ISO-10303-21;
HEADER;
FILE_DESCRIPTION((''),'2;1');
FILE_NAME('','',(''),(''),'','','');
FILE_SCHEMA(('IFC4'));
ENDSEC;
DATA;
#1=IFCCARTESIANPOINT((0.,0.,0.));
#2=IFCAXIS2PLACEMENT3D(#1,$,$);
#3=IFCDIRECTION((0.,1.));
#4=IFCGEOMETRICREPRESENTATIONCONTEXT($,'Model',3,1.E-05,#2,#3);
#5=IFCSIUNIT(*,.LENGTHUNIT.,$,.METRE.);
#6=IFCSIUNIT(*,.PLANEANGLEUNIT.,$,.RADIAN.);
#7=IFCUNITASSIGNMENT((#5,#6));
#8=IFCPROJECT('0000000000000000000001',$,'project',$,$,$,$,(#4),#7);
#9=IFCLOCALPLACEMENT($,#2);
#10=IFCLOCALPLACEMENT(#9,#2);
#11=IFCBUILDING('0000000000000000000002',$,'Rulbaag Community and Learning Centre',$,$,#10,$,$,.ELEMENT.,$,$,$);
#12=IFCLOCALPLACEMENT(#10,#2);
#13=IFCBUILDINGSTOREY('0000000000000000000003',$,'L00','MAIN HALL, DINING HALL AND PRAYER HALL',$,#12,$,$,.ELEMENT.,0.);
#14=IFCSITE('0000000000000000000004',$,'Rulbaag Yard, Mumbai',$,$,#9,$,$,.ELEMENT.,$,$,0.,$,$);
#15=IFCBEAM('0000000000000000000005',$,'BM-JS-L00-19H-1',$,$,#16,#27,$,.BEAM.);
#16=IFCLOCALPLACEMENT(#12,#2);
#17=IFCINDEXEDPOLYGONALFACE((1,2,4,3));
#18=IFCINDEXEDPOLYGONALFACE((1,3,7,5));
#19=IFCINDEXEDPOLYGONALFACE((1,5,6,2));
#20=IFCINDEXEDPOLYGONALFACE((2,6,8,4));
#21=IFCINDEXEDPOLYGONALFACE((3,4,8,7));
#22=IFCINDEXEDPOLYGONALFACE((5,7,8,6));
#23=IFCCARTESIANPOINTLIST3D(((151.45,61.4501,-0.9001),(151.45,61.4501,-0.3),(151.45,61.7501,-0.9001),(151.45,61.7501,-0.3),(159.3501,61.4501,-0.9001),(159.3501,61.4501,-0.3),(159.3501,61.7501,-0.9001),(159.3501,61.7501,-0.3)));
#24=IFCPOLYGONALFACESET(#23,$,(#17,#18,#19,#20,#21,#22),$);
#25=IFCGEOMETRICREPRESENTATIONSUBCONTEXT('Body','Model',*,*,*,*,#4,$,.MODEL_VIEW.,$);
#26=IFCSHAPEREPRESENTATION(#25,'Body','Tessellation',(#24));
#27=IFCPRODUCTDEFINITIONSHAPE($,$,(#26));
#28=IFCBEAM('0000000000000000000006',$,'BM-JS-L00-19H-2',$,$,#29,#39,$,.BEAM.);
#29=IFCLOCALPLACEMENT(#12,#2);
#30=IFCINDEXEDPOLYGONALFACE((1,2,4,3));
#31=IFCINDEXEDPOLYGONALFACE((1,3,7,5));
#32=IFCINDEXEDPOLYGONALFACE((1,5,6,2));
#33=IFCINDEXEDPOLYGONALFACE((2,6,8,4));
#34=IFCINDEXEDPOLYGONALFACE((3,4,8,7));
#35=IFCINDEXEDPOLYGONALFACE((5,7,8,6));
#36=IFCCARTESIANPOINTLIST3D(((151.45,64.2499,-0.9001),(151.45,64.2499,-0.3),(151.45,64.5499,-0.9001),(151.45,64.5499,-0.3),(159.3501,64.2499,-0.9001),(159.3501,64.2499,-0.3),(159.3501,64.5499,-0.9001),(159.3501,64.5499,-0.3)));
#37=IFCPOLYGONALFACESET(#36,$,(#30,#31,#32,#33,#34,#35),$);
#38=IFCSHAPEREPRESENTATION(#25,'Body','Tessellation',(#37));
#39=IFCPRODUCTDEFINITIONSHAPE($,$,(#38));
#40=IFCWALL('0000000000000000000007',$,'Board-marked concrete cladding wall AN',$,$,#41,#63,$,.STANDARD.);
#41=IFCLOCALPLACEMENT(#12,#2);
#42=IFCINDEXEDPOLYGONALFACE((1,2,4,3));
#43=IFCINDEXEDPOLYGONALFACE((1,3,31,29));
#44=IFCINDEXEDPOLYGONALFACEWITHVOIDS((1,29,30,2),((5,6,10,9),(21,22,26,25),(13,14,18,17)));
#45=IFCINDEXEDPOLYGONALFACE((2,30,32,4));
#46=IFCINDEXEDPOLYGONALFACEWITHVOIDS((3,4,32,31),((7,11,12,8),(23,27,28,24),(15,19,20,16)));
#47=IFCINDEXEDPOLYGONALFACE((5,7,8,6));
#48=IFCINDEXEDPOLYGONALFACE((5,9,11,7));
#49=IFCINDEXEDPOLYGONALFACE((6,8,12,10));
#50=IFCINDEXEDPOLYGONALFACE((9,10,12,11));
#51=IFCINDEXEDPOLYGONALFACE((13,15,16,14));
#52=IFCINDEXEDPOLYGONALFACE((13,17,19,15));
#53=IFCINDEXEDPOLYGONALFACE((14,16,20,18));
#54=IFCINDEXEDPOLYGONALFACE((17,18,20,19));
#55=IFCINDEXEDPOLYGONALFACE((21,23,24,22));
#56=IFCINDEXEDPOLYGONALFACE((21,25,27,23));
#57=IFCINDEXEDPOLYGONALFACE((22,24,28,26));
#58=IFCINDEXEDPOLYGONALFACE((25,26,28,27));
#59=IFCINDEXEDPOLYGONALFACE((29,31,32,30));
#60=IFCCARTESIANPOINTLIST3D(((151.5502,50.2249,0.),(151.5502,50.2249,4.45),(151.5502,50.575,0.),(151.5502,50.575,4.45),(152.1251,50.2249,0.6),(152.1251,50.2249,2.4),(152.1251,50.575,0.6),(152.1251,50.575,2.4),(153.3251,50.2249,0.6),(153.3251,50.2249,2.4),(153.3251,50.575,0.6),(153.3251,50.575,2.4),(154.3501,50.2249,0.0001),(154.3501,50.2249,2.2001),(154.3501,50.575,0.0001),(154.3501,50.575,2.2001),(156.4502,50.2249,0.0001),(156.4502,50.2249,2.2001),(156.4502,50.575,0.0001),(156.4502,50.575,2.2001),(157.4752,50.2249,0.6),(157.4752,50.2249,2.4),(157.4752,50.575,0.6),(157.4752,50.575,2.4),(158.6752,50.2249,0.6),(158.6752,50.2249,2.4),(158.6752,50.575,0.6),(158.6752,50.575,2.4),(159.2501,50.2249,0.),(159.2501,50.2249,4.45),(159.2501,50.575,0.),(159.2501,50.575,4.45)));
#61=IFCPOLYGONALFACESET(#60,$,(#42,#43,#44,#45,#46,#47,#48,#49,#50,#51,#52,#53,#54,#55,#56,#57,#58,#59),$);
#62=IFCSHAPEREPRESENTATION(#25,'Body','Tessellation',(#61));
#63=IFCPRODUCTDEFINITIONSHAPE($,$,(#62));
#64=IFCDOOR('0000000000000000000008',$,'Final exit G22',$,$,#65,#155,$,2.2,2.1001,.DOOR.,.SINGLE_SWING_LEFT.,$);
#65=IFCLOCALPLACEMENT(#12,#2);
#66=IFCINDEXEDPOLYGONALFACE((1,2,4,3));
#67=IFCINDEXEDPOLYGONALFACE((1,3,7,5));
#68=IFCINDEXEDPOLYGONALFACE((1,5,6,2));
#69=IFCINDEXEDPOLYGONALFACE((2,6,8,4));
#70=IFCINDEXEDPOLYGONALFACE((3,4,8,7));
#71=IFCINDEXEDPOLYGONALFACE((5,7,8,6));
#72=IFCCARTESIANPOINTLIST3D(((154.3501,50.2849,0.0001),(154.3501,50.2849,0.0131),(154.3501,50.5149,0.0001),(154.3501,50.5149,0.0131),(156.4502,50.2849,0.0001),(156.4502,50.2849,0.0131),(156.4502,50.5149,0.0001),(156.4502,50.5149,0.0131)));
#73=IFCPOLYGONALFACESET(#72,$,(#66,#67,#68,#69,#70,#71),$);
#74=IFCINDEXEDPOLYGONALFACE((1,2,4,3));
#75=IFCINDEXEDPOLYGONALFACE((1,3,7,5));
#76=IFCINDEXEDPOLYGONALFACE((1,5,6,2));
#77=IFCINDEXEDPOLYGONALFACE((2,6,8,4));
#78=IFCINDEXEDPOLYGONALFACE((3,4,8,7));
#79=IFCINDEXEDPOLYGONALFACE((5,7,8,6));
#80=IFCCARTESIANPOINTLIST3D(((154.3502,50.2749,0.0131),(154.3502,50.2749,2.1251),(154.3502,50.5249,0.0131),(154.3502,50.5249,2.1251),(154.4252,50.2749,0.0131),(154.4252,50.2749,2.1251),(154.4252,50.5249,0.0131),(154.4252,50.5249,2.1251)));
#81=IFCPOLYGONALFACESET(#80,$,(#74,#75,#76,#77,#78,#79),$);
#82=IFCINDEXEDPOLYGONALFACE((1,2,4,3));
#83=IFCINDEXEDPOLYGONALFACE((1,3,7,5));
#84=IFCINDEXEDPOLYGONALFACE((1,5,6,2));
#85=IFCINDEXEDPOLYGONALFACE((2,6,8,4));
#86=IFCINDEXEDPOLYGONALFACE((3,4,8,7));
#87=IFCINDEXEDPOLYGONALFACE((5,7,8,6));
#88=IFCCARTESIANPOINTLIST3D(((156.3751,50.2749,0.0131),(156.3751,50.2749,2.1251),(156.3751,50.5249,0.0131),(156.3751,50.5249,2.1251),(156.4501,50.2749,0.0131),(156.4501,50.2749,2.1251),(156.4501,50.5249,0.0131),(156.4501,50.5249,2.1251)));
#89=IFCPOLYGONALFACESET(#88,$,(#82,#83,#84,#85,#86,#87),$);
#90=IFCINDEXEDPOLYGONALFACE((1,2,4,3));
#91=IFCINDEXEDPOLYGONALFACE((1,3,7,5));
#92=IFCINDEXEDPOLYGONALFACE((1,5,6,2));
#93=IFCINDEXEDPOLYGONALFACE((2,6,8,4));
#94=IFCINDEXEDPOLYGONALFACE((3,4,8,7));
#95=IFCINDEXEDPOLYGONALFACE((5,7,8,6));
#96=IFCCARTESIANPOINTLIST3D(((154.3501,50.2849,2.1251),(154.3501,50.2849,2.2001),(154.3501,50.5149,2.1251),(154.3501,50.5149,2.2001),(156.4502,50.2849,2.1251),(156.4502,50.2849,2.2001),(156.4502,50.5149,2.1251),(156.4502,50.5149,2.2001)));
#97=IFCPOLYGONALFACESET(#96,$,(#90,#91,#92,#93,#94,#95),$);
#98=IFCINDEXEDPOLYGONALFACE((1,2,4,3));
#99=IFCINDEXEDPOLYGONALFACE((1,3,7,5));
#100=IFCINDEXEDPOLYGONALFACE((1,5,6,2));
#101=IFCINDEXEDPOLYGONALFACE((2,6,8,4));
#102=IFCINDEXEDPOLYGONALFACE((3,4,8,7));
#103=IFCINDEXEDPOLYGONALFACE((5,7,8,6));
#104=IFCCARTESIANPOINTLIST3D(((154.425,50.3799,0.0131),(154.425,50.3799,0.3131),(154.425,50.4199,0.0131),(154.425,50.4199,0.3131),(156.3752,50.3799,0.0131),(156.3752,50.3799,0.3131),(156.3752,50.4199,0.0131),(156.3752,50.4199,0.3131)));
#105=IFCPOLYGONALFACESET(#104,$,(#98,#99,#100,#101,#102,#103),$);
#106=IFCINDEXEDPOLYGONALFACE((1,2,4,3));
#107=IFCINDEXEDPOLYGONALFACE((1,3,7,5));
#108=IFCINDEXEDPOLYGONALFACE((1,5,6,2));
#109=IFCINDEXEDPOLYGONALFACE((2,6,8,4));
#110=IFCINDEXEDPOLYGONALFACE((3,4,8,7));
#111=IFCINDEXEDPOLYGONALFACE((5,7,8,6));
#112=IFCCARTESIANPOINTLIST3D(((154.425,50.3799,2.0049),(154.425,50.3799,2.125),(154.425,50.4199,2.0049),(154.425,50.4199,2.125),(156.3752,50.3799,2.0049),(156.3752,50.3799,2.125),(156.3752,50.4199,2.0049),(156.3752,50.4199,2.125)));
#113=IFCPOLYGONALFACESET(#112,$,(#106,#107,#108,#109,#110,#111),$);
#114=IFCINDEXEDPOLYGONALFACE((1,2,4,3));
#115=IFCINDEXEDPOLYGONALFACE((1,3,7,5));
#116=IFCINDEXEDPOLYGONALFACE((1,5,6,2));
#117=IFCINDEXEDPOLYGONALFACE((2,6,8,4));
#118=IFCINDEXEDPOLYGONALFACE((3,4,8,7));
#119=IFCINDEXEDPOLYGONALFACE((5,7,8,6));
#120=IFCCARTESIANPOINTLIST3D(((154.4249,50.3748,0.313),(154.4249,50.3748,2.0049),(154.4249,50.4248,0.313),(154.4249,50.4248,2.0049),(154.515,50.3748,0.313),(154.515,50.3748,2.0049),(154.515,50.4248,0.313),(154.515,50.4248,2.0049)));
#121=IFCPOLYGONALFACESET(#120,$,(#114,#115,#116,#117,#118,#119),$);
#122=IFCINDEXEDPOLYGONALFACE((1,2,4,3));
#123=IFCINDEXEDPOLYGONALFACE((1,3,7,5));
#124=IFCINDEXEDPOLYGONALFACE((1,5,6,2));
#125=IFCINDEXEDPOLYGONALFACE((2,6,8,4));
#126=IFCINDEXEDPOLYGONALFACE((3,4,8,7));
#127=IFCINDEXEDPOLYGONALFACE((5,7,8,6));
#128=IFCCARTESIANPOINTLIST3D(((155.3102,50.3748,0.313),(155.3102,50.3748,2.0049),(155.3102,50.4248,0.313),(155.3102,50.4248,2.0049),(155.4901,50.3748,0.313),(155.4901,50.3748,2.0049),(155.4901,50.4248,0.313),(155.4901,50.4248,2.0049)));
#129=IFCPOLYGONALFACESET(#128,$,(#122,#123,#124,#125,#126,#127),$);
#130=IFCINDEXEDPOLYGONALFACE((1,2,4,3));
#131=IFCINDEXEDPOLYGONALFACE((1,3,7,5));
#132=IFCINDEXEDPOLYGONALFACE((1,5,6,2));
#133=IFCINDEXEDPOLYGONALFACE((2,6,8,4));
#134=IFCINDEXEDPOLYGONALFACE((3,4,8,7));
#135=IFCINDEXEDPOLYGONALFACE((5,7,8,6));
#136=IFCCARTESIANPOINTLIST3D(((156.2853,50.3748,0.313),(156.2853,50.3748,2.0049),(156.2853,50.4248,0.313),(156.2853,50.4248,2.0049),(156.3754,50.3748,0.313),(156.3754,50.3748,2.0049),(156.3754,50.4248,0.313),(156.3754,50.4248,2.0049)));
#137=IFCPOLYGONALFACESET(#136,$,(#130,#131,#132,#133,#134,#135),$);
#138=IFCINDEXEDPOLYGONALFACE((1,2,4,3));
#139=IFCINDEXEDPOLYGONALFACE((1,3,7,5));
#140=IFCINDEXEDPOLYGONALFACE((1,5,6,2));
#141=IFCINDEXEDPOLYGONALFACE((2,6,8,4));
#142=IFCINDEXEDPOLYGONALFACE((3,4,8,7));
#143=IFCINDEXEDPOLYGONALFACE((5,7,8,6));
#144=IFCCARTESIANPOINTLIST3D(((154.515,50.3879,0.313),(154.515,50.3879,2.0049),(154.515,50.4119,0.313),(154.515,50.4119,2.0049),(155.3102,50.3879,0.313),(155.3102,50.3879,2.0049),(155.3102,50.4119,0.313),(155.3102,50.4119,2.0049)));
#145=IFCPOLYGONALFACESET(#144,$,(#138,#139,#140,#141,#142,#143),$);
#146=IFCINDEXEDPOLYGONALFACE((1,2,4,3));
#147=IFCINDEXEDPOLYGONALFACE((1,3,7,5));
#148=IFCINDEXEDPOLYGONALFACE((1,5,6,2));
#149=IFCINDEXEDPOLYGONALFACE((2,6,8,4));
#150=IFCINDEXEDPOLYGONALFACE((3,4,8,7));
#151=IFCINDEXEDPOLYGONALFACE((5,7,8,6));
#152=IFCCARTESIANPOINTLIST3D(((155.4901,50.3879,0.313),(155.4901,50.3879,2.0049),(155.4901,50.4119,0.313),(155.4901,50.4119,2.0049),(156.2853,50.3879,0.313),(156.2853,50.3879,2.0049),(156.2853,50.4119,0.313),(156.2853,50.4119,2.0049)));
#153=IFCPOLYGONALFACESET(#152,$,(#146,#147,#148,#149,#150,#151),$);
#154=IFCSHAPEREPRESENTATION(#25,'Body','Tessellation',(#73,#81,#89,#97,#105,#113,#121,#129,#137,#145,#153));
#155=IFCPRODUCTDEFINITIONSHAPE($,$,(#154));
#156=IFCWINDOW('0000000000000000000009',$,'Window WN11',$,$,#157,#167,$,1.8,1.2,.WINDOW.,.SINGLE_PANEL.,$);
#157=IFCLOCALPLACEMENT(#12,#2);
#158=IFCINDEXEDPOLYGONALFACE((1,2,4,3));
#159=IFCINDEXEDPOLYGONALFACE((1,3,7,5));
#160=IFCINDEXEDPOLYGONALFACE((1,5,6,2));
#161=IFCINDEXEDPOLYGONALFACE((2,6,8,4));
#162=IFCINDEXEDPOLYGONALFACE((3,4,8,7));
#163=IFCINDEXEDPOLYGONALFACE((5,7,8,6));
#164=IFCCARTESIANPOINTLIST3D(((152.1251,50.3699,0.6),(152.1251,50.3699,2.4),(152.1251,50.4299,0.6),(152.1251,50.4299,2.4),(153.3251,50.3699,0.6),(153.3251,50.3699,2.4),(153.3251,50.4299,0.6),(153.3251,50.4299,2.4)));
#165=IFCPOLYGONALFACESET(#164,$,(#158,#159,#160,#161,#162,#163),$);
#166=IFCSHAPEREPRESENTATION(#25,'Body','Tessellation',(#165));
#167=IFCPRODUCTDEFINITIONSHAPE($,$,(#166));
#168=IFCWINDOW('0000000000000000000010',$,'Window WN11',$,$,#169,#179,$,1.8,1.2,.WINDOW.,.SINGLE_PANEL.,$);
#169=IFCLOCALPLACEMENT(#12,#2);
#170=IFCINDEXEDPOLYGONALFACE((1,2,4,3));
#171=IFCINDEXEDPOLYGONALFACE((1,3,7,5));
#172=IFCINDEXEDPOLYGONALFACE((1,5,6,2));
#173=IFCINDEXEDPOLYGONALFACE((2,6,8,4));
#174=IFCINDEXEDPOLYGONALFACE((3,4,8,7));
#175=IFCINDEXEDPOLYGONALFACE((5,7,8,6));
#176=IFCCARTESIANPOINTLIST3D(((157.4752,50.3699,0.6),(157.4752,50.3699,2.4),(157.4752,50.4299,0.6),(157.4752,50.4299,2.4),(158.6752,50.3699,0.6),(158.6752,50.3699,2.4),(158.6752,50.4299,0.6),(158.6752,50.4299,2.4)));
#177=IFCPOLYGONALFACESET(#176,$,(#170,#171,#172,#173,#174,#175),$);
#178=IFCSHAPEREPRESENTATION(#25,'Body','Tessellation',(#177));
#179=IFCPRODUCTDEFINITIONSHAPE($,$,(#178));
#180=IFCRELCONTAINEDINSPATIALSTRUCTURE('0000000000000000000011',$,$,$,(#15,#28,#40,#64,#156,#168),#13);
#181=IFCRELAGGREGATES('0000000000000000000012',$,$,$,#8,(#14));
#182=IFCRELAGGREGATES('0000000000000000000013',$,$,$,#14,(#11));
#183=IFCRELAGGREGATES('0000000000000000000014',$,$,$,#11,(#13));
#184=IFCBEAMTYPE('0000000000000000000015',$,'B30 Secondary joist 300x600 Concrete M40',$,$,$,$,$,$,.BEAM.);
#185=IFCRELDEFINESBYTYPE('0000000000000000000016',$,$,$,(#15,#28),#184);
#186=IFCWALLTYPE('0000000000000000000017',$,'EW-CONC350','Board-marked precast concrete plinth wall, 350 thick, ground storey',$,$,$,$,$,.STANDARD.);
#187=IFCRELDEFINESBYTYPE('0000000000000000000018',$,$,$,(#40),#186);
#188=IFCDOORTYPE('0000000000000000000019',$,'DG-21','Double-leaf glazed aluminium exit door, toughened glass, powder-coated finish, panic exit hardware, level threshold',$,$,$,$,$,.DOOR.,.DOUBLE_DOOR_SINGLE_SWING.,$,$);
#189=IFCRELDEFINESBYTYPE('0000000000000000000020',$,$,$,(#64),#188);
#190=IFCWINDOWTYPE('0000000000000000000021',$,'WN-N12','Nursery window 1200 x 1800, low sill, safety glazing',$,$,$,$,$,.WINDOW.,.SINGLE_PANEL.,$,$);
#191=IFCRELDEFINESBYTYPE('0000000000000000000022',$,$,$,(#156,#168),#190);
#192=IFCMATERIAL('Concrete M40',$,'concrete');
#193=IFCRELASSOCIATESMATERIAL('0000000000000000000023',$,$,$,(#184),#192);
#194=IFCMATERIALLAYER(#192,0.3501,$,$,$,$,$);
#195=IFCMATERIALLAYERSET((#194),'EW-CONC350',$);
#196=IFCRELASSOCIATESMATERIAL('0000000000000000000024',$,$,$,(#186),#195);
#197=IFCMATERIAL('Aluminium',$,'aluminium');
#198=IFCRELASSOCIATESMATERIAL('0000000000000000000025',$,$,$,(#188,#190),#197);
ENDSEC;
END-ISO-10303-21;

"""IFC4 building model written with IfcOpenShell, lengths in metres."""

from ifc_helpers import new_model, si_unit, direction, frame, frame_2d, origin, origin_2d, place, context, subcontext, project, spatial, rectangle, extrude, material, layer, layer_set, material_profile, profile_set, type_object, element, fill, save


model = new_model("IFC4")

# Units and contexts
model_context = context("Model", 3, precision=1e-05, world=origin(), true_north=direction((0.0, 1.0)))
body_context = subcontext(model_context, "Body", "Model", "MODEL_VIEW")
ifc_project = project(units=[si_unit("LENGTHUNIT", "METRE"), si_unit("PLANEANGLEUNIT", "RADIAN")], contexts=[model_context])

# Site, building, storey
site_placement = place(None, origin())
site = spatial("IfcSite", under=ifc_project, at=site_placement, Name="Rulbaag Yard, Mumbai", CompositionType="ELEMENT", RefElevation=0.0)
building_placement = place(site_placement, origin())
building = spatial("IfcBuilding", under=site, at=building_placement, Name="Rulbaag Community and Learning Centre", CompositionType="ELEMENT")
storey_placement = place(building_placement, origin())
storey = spatial("IfcBuildingStorey", under=building, at=storey_placement, Name="L00", Description="MAIN HALL, DINING HALL AND PRAYER HALL", CompositionType="ELEMENT", Elevation=0.0)

# Shared definitions
ifc_material_1 = material(Name="Concrete M40", Category="concrete")

# Beams
ifc_material_profile_1 = material_profile(ifc_material_1, rectangle(XDim=0.3, YDim=0.6001, at=origin_2d()), Name="RB300x600")
ifc_profile_set_1 = profile_set([ifc_material_profile_1], Name="Concrete M40")
beam_type_1 = type_object("IfcBeamType", Name="B30 Secondary joist 300x600 Concrete M40", PredefinedType="BEAM", material=ifc_profile_set_1)
for number, where, z_axis, x_axis, name in (
    (1, (151.45, 61.6001, -0.6001), (1.0, 0.0, 0.0), (0.0, 1.0, 0.0), "BM-JS-L00-19H-1"),
    (2, (151.45, 64.3999, -0.6001), (1.0, 0.0, 0.0), (0.0, 1.0, 0.0), "BM-JS-L00-19H-2"),
):
    element("IfcBeam", number, at=place(storey_placement, frame(where, z_axis=z_axis, x_axis=x_axis)), inside=storey, type_object=beam_type_1, Name=name, PredefinedType="BEAM", context=body_context, shape_type="SweptSolid", body=[
        extrude(rectangle(XDim=0.3, YDim=0.6001, at=origin_2d()), origin(), (0.0, 0.0, 1.0), 7.9001),
    ])

# Wall, openings, door, windows
ifc_layer_1 = layer(ifc_material_1, 0.3501)
ifc_layer_set_1 = layer_set([ifc_layer_1], Name="EW-CONC350")
wall_type_1 = type_object("IfcWallType", Name="EW-CONC350", Description="Board-marked precast concrete plinth wall, 350 thick, ground storey", PredefinedType="STANDARD", material=ifc_layer_set_1)
wall_1_placement = place(storey_placement, frame((151.55, 50.3999, 0.0), z_axis=(0.0, 0.0, 1.0), x_axis=(1.0, 0.0, 0.0)))
wall_1 = element("IfcWall", 3, at=wall_1_placement, inside=storey, type_object=wall_type_1, Name="Board-marked concrete cladding wall AN", PredefinedType="STANDARD", context=body_context, shape_type="SweptSolid", body=[
    extrude(rectangle(XDim=7.7, YDim=0.3501, at=frame_2d((3.8501, 0.0))), origin(), (0.0, 0.0, 1.0), 4.45),
])
opening_1_placement = place(wall_1_placement, frame((2.8, 0.0, 0.0)))
opening_1 = element("IfcOpeningElement", 4, at=opening_1_placement, cuts=wall_1, PredefinedType="OPENING", context=body_context, shape_type="SweptSolid", body=[
    extrude(rectangle(XDim=2.1001, YDim=2.2, at=frame_2d((1.05, 1.1001))), frame((0.0, 0.1851, 0.0), z_axis=(0.0, -1.0, 0.0), x_axis=(1.0, 0.0, 0.0)), (0.0, 0.0, 1.0), 0.3701),
])
opening_2_placement = place(wall_1_placement, frame((0.575, 0.0, 0.6001)))
opening_2 = element("IfcOpeningElement", 5, at=opening_2_placement, cuts=wall_1, PredefinedType="OPENING", context=body_context, shape_type="SweptSolid", body=[
    extrude(rectangle(XDim=1.2, YDim=1.8, at=frame_2d((0.6001, 0.8999))), frame((0.0, 0.1851, 0.0), z_axis=(0.0, -1.0, 0.0), x_axis=(1.0, 0.0, 0.0)), (0.0, 0.0, 1.0), 0.3701),
])
opening_3_placement = place(wall_1_placement, frame((5.925, 0.0, 0.6001)))
opening_3 = element("IfcOpeningElement", 6, at=opening_3_placement, cuts=wall_1, PredefinedType="OPENING", context=body_context, shape_type="SweptSolid", body=[
    extrude(rectangle(XDim=1.2, YDim=1.8, at=frame_2d((0.6001, 0.8999))), frame((0.0, 0.1851, 0.0), z_axis=(0.0, -1.0, 0.0), x_axis=(1.0, 0.0, 0.0)), (0.0, 0.0, 1.0), 0.3701),
])
ifc_material_2 = material(Name="Aluminium", Category="aluminium")
door_type_1 = type_object("IfcDoorType", Name="DG-21", Description="Double-leaf glazed aluminium exit door, toughened glass, powder-coated finish, panic exit hardware, level threshold", OperationType="DOUBLE_DOOR_SINGLE_SWING", PredefinedType="DOOR", material=ifc_material_2)
door_1_placement = place(opening_1_placement, origin())
door_1 = element("IfcDoor", 7, at=door_1_placement, inside=storey, type_object=door_type_1, Name="Final exit G22", OperationType="SINGLE_SWING_LEFT", OverallHeight=2.2, OverallWidth=2.1001, PredefinedType="DOOR", context=body_context, shape_type="SweptSolid", body=[
    extrude(rectangle(XDim=2.1001, YDim=0.0129, at=frame_2d((1.05, 0.0066))), frame((0.0, 0.115, 0.0), z_axis=(0.0, -1.0, 0.0), x_axis=(1.0, 0.0, 0.0)), (0.0, 0.0, 1.0), 0.23),
    extrude(rectangle(XDim=0.075, YDim=2.1121, at=frame_2d((0.0376, 1.0691))), frame((0.0, 0.125, 0.0), z_axis=(0.0, -1.0, 0.0), x_axis=(1.0, 0.0, 0.0)), (0.0, 0.0, 1.0), 0.25),
    extrude(rectangle(XDim=0.075, YDim=2.1121, at=frame_2d((2.0625, 1.0691))), frame((0.0, 0.125, 0.0), z_axis=(0.0, -1.0, 0.0), x_axis=(1.0, 0.0, 0.0)), (0.0, 0.0, 1.0), 0.25),
    extrude(rectangle(XDim=2.1001, YDim=0.075, at=frame_2d((1.05, 2.1626))), frame((0.0, 0.115, 0.0), z_axis=(0.0, -1.0, 0.0), x_axis=(1.0, 0.0, 0.0)), (0.0, 0.0, 1.0), 0.23),
    extrude(rectangle(XDim=1.9502, YDim=0.3, at=frame_2d((1.05, 0.1631))), frame((0.0, 0.02, 0.0), z_axis=(0.0, -1.0, 0.0), x_axis=(1.0, 0.0, 0.0)), (0.0, 0.0, 1.0), 0.04),
    extrude(rectangle(XDim=1.9502, YDim=0.1201, at=frame_2d((1.05, 2.0649))), frame((0.0, 0.02, 0.0), z_axis=(0.0, -1.0, 0.0), x_axis=(1.0, 0.0, 0.0)), (0.0, 0.0, 1.0), 0.04),
    extrude(rectangle(XDim=0.0901, YDim=1.6919, at=frame_2d((0.1199, 1.1589))), frame((0.0, 0.0249, 0.0), z_axis=(0.0, -1.0, 0.0), x_axis=(1.0, 0.0, 0.0)), (0.0, 0.0, 1.0), 0.05),
    extrude(rectangle(XDim=0.1799, YDim=1.6919, at=frame_2d((1.05, 1.1589))), frame((0.0, 0.0249, 0.0), z_axis=(0.0, -1.0, 0.0), x_axis=(1.0, 0.0, 0.0)), (0.0, 0.0, 1.0), 0.05),
    extrude(rectangle(XDim=0.0901, YDim=1.6919, at=frame_2d((1.9802, 1.1589))), frame((0.0, 0.0249, 0.0), z_axis=(0.0, -1.0, 0.0), x_axis=(1.0, 0.0, 0.0)), (0.0, 0.0, 1.0), 0.05),
    extrude(rectangle(XDim=0.7952, YDim=1.6919, at=frame_2d((0.5625, 1.1589))), frame((0.0, 0.012, 0.0), z_axis=(0.0, -1.0, 0.0), x_axis=(1.0, 0.0, 0.0)), (0.0, 0.0, 1.0), 0.0239),
    extrude(rectangle(XDim=0.7952, YDim=1.6919, at=frame_2d((1.5376, 1.1589))), frame((0.0, 0.012, 0.0), z_axis=(0.0, -1.0, 0.0), x_axis=(1.0, 0.0, 0.0)), (0.0, 0.0, 1.0), 0.0239),
])
fill(opening_1, door_1)
window_type_1 = type_object("IfcWindowType", Name="WN-N12", Description="Nursery window 1200 x 1800, low sill, safety glazing", PartitioningType="SINGLE_PANEL", PredefinedType="WINDOW", material=ifc_material_2)
window_1_placement = place(opening_2_placement, origin())
window_1 = element("IfcWindow", 8, at=window_1_placement, inside=storey, type_object=window_type_1, Name="Window WN11", OverallHeight=1.8, OverallWidth=1.2, PartitioningType="SINGLE_PANEL", PredefinedType="WINDOW", context=body_context, shape_type="SweptSolid", body=[
    extrude(rectangle(XDim=1.2, YDim=1.8, at=frame_2d((0.6001, 0.8999))), frame((0.0, 0.03, 0.0), z_axis=(0.0, -1.0, 0.0), x_axis=(1.0, 0.0, 0.0)), (0.0, 0.0, 1.0), 0.0601),
])
fill(opening_2, window_1)
window_2_placement = place(opening_3_placement, origin())
window_2 = element("IfcWindow", 9, at=window_2_placement, inside=storey, type_object=window_type_1, Name="Window WN11", OverallHeight=1.8, OverallWidth=1.2, PartitioningType="SINGLE_PANEL", PredefinedType="WINDOW", context=body_context, shape_type="SweptSolid", body=[
    extrude(rectangle(XDim=1.2, YDim=1.8, at=frame_2d((0.6001, 0.8999))), frame((0.0, 0.03, 0.0), z_axis=(0.0, -1.0, 0.0), x_axis=(1.0, 0.0, 0.0)), (0.0, 0.0, 1.0), 0.0601),
])
fill(opening_3, window_2)

save(model, "model.ifc")
